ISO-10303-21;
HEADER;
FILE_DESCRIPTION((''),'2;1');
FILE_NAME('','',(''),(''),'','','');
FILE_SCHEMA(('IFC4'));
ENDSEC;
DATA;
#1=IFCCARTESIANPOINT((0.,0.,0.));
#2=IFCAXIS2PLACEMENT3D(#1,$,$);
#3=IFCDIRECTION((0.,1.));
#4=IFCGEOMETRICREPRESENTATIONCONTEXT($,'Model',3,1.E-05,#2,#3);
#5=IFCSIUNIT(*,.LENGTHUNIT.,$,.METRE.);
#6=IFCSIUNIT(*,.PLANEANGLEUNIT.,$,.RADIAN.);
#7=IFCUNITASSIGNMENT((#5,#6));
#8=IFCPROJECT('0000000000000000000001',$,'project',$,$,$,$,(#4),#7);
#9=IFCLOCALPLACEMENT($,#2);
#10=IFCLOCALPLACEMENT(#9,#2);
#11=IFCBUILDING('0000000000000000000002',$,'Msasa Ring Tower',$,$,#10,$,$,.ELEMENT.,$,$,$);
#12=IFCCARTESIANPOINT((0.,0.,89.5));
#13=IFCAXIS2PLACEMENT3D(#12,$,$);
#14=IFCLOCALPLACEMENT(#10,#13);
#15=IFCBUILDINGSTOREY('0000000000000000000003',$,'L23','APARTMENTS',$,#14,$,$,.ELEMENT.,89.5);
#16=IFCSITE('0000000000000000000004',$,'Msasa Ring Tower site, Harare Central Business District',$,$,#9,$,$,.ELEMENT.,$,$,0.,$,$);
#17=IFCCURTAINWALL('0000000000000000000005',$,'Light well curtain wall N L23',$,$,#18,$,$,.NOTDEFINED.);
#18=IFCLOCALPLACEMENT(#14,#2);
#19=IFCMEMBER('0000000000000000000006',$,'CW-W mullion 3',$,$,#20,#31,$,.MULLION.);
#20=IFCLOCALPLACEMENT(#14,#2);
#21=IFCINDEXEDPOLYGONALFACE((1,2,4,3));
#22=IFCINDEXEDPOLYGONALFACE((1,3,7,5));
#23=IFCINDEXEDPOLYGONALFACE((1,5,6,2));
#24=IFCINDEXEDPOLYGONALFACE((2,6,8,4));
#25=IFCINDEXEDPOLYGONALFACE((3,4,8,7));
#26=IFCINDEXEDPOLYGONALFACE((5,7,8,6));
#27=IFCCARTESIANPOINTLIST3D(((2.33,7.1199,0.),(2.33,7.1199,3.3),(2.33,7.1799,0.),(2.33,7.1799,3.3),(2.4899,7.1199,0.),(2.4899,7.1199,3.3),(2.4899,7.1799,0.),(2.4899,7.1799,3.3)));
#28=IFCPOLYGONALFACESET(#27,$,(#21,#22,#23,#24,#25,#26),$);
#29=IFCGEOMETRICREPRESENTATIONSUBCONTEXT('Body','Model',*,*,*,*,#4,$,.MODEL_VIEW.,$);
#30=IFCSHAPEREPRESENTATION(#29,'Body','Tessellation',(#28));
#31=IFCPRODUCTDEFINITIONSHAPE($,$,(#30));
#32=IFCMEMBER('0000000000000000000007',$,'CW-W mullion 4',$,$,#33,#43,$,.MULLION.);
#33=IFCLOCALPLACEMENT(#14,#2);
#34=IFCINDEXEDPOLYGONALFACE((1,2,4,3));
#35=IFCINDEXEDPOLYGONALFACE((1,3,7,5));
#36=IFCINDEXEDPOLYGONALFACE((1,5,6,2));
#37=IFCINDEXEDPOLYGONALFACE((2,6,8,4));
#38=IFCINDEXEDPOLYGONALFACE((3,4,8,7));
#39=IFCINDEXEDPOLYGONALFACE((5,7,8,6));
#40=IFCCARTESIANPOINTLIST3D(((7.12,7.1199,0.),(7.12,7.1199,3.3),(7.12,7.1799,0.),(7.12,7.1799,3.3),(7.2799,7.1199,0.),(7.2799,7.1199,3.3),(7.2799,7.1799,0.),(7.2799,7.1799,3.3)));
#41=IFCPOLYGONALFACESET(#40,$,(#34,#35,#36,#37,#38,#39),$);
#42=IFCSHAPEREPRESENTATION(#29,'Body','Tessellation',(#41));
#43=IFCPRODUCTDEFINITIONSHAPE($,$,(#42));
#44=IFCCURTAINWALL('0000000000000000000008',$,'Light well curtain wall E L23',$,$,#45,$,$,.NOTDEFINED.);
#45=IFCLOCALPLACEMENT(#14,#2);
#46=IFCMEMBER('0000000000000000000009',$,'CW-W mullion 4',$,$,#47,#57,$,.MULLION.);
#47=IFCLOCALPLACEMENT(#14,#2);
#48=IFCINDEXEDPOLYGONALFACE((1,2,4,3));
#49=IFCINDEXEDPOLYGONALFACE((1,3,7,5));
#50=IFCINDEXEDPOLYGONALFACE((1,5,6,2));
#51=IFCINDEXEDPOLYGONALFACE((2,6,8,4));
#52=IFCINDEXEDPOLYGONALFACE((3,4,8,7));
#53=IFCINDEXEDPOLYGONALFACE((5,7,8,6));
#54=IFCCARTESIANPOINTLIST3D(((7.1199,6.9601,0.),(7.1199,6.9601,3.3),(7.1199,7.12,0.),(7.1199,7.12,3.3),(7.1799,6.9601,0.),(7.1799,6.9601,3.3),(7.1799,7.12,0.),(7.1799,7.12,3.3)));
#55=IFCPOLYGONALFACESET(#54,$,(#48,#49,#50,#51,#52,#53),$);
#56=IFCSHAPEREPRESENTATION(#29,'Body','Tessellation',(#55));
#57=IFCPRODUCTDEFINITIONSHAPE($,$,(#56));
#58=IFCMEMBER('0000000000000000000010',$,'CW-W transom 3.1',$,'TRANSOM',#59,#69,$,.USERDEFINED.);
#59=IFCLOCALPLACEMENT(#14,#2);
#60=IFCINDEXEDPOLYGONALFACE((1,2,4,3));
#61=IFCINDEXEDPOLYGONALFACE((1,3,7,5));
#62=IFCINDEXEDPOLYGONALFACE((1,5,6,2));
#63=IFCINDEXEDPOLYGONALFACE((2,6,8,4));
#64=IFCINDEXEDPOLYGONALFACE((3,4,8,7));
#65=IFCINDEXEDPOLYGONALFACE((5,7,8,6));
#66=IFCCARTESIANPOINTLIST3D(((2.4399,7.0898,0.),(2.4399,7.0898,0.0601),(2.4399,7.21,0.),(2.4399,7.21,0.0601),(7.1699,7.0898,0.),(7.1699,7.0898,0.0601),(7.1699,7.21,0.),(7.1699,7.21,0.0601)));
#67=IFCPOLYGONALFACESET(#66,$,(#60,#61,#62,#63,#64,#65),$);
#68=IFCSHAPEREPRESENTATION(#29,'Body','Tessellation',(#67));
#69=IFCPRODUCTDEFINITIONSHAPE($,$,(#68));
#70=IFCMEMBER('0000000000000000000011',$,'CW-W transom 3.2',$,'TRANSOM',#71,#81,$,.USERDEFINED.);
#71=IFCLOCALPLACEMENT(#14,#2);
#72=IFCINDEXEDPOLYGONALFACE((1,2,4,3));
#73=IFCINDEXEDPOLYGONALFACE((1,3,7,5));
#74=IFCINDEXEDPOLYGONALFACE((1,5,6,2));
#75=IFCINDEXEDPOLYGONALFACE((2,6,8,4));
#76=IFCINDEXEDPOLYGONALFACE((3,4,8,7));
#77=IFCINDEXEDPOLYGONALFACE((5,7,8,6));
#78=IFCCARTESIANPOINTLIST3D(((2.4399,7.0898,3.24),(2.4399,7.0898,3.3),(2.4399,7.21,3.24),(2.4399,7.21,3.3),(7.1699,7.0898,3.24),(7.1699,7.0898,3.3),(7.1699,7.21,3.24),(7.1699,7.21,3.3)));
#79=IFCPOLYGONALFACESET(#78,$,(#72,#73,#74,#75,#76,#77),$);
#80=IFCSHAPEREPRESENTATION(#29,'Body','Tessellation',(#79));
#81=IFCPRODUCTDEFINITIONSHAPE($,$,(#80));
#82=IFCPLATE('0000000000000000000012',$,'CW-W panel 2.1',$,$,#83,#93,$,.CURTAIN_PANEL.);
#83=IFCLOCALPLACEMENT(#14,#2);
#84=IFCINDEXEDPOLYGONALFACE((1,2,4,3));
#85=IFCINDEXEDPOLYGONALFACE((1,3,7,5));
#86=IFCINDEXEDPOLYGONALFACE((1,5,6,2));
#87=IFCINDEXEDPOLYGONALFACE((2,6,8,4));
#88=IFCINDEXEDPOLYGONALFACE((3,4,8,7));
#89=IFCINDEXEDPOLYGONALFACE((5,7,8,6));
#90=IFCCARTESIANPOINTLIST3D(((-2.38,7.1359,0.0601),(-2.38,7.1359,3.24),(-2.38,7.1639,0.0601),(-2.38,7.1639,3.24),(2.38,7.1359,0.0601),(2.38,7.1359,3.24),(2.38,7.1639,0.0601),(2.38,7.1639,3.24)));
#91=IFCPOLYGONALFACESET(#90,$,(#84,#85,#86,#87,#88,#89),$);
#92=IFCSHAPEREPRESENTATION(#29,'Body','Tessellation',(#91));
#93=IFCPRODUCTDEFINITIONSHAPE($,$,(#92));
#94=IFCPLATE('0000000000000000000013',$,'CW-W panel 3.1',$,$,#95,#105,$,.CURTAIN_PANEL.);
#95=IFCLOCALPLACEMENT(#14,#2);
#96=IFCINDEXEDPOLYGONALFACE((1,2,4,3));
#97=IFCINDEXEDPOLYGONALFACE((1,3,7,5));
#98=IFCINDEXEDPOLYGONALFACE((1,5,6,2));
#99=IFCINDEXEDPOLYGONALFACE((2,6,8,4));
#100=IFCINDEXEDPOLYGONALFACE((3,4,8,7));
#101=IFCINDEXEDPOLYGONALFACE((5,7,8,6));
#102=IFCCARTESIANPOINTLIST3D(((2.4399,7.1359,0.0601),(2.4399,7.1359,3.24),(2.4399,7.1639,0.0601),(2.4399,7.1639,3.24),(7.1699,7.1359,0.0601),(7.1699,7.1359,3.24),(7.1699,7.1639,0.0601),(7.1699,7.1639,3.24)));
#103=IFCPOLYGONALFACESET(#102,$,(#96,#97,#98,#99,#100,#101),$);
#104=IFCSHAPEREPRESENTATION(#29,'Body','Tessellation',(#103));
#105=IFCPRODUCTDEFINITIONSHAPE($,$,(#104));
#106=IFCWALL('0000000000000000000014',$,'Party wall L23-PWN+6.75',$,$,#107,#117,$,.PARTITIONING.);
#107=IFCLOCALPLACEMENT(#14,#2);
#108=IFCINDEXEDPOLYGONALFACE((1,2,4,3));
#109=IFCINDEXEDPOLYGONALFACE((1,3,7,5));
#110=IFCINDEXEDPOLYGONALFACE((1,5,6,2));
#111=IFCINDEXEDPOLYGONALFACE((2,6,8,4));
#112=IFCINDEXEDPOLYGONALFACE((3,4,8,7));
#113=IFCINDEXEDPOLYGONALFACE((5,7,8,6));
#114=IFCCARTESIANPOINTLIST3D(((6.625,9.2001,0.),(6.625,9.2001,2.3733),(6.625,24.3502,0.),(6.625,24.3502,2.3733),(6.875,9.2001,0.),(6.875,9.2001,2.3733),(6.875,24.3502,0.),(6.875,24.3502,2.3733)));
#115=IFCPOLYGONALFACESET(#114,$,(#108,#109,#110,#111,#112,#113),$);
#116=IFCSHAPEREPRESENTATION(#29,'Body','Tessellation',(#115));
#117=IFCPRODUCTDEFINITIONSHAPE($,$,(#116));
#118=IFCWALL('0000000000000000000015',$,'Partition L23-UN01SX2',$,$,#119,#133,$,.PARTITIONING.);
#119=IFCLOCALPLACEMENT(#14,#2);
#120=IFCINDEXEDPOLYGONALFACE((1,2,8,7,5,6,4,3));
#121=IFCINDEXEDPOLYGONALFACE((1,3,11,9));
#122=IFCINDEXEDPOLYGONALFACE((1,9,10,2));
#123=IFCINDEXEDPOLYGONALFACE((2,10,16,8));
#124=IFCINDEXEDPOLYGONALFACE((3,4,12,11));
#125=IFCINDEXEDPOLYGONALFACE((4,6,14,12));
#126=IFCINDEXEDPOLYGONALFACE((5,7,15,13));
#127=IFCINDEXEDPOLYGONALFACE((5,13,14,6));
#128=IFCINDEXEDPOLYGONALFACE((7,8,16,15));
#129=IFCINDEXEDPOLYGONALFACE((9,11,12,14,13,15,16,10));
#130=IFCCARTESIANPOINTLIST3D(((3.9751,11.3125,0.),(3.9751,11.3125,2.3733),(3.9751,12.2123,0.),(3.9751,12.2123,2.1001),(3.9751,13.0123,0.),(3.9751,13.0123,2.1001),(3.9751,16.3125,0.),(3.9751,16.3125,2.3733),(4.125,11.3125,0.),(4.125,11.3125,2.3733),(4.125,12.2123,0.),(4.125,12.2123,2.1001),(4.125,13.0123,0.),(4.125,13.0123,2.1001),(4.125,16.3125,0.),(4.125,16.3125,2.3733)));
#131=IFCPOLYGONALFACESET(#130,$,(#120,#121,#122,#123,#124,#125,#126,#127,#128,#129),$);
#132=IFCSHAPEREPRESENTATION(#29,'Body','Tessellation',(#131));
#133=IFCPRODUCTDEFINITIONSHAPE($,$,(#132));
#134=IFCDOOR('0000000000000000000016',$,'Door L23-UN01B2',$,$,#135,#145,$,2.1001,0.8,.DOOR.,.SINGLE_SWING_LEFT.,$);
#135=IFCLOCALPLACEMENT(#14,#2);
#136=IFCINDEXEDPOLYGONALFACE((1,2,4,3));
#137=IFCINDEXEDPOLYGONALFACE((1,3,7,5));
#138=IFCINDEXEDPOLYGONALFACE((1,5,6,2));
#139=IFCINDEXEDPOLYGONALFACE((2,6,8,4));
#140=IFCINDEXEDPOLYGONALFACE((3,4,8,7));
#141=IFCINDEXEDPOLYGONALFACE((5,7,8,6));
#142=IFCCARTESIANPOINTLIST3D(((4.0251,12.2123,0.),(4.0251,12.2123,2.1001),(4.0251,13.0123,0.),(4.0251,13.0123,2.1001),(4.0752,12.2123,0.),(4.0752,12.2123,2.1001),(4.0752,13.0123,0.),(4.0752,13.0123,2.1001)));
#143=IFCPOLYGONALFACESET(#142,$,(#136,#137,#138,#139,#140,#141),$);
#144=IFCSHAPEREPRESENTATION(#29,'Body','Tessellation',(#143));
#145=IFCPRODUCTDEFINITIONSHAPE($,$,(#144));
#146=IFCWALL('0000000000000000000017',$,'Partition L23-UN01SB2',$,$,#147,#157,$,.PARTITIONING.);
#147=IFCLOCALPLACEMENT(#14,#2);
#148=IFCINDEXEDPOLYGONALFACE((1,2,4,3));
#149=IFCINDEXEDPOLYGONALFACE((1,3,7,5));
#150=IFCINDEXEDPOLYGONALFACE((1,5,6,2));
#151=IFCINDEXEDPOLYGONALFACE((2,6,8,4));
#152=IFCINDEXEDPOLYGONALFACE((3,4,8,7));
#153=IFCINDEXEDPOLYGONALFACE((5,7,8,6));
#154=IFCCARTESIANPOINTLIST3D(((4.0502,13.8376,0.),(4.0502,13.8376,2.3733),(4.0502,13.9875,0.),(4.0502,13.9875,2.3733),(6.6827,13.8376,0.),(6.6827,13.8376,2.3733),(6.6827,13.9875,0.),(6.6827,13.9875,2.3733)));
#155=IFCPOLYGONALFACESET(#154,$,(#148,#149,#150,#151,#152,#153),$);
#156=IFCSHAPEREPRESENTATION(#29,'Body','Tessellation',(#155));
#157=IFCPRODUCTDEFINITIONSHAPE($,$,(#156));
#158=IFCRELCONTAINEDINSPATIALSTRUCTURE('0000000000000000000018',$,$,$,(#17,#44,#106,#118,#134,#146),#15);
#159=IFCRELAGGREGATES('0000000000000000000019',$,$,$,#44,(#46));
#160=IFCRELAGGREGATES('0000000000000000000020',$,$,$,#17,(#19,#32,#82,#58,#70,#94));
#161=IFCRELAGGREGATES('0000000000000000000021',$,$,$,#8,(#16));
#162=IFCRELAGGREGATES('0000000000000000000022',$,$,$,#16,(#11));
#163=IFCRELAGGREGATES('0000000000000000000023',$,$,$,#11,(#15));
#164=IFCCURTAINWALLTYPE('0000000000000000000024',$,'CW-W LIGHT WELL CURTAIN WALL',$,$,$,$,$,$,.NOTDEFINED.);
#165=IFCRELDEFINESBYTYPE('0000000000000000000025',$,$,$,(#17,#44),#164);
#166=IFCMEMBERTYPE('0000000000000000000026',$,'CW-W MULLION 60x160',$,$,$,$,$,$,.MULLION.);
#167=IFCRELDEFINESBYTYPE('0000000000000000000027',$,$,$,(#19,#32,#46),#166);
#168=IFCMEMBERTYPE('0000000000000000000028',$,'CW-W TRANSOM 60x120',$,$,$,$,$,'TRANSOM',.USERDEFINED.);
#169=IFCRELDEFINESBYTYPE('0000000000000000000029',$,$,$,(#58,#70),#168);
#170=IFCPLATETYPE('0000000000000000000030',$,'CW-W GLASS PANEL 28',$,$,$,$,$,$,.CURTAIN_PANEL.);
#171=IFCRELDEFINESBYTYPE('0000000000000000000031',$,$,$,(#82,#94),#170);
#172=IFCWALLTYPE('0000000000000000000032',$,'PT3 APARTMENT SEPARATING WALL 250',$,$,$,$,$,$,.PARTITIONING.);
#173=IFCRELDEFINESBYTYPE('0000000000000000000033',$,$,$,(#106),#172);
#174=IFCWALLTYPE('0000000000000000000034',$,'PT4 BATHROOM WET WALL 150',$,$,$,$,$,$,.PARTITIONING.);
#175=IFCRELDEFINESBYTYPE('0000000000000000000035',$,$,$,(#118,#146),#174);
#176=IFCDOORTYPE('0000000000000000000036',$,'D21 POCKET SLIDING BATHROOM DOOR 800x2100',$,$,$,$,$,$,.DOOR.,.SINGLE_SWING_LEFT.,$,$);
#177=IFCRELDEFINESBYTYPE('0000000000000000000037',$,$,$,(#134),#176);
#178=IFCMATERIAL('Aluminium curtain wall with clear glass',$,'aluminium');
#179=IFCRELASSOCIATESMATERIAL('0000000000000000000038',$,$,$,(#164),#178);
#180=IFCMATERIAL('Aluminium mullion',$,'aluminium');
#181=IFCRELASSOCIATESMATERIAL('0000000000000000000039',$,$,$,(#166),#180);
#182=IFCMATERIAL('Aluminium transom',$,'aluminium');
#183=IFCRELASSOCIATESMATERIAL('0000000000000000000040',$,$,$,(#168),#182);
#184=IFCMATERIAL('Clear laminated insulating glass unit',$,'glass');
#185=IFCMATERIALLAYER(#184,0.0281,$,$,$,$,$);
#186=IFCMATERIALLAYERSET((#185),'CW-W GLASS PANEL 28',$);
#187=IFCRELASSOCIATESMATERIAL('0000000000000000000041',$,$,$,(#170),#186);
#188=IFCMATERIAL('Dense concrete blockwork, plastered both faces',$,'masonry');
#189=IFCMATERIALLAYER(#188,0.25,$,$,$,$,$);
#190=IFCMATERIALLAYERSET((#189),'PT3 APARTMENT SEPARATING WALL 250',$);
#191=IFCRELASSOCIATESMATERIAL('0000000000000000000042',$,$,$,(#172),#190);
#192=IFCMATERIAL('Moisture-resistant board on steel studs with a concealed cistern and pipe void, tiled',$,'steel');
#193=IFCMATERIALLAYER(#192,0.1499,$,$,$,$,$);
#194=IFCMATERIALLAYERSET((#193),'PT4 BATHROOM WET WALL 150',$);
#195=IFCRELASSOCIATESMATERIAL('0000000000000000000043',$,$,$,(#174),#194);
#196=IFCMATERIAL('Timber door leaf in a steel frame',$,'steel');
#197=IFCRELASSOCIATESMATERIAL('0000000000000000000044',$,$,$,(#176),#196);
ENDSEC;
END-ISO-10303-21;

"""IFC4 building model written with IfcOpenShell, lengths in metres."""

from ifc_helpers import new_model, si_unit, direction, frame, frame_2d, origin, origin_2d, place, context, subcontext, project, spatial, rectangle, extrude, material, layer, layer_set, material_profile, profile_set, type_object, element, fill, aggregate, save


model = new_model("IFC4")

# Units and contexts
model_context = context("Model", 3, precision=1e-05, world=origin(), true_north=direction((0.0, 1.0)))
body_context = subcontext(model_context, "Body", "Model", "MODEL_VIEW")
ifc_project = project(units=[si_unit("LENGTHUNIT", "METRE"), si_unit("PLANEANGLEUNIT", "RADIAN")], contexts=[model_context])

# Site, building, storey
site_placement = place(None, origin())
site = spatial("IfcSite", under=ifc_project, at=site_placement, Name="Msasa Ring Tower site, Harare Central Business District", CompositionType="ELEMENT", RefElevation=0.0)
building_placement = place(site_placement, origin())
building = spatial("IfcBuilding", under=site, at=building_placement, Name="Msasa Ring Tower", CompositionType="ELEMENT")
storey_placement = place(building_placement, frame((0.0, 0.0, 89.5)))
storey = spatial("IfcBuildingStorey", under=building, at=storey_placement, Name="L23", Description="APARTMENTS", CompositionType="ELEMENT", Elevation=89.5)

# Curtain wall, members
ifc_material_1 = material(Name="Aluminium curtain wall with clear glass", Category="aluminium")
curtain_wall_type = type_object("IfcCurtainWallType", Name="CW-W LIGHT WELL CURTAIN WALL", PredefinedType="NOTDEFINED", material=ifc_material_1)
curtain_wall_1_placement = place(storey_placement, origin())
curtain_wall_1 = element("IfcCurtainWall", 1, at=curtain_wall_1_placement, inside=storey, type_object=curtain_wall_type, Name="Light well curtain wall N L23", PredefinedType="NOTDEFINED")
ifc_material_2 = material(Name="Aluminium mullion", Category="aluminium")
ifc_material_profile_1 = material_profile(ifc_material_2, rectangle(XDim=0.0601, YDim=0.1599, at=origin_2d()), Name="AL 60x160")
ifc_profile_set_1 = profile_set([ifc_material_profile_1], Name="Aluminium mullion")
member_type_1 = type_object("IfcMemberType", Name="CW-W MULLION 60x160", PredefinedType="MULLION", material=ifc_profile_set_1)
member_1_placement = place(storey_placement, frame((2.4099, 7.1499, 0.0), z_axis=(0.0, 0.0, 1.0), x_axis=(0.0, 1.0, 0.0)))
member_1 = element("IfcMember", 2, at=member_1_placement, type_object=member_type_1, Name="CW-W mullion 3", PredefinedType="MULLION", context=body_context, shape_type="SweptSolid", body=[
    extrude(rectangle(XDim=0.0601, YDim=0.1599, at=origin_2d()), origin(), (0.0, 0.0, 1.0), 3.3),
])
member_2_placement = place(storey_placement, frame((7.2, 7.1499, 0.0), z_axis=(0.0, 0.0, 1.0), x_axis=(0.0, 1.0, 0.0)))
member_2 = element("IfcMember", 3, at=member_2_placement, type_object=member_type_1, Name="CW-W mullion 4", PredefinedType="MULLION", context=body_context, shape_type="SweptSolid", body=[
    extrude(rectangle(XDim=0.0601, YDim=0.1599, at=origin_2d()), origin(), (0.0, 0.0, 1.0), 3.3),
])

# Curtain wall, member
curtain_wall_2_placement = place(storey_placement, origin())
curtain_wall_2 = element("IfcCurtainWall", 4, at=curtain_wall_2_placement, inside=storey, type_object=curtain_wall_type, Name="Light well curtain wall E L23", PredefinedType="NOTDEFINED")
member_3_placement = place(storey_placement, frame((7.1499, 7.04, 0.0), z_axis=(0.0, 0.0, 1.0), x_axis=(-1.0, 0.0, 0.0)))
member_3 = element("IfcMember", 5, at=member_3_placement, type_object=member_type_1, Name="CW-W mullion 4", PredefinedType="MULLION", context=body_context, shape_type="SweptSolid", body=[
    extrude(rectangle(XDim=0.0601, YDim=0.1599, at=origin_2d()), origin(), (0.0, 0.0, 1.0), 3.3),
])
aggregate(curtain_wall_2, [member_3])

# Members
ifc_material_3 = material(Name="Aluminium transom", Category="aluminium")
ifc_material_profile_2 = material_profile(ifc_material_3, rectangle(XDim=0.1201, YDim=0.0601, at=origin_2d()), Name="AL 60x120")
ifc_profile_set_2 = profile_set([ifc_material_profile_2], Name="Aluminium transom")
member_type_2 = type_object("IfcMemberType", Name="CW-W TRANSOM 60x120", ElementType="TRANSOM", PredefinedType="USERDEFINED", material=ifc_profile_set_2)
member_4_placement = place(storey_placement, frame((2.4399, 7.1499, 0.03), z_axis=(1.0, 0.0, 0.0), x_axis=(0.0, 1.0, 0.0)))
member_4 = element("IfcMember", 6, at=member_4_placement, type_object=member_type_2, Name="CW-W transom 3.1", ObjectType="TRANSOM", PredefinedType="USERDEFINED", context=body_context, shape_type="SweptSolid", body=[
    extrude(rectangle(XDim=0.1201, YDim=0.0601, at=origin_2d()), origin(), (0.0, 0.0, 1.0), 4.73),
])
member_5_placement = place(storey_placement, frame((2.4399, 7.1499, 3.27), z_axis=(1.0, 0.0, 0.0), x_axis=(0.0, 1.0, 0.0)))
member_5 = element("IfcMember", 7, at=member_5_placement, type_object=member_type_2, Name="CW-W transom 3.2", ObjectType="TRANSOM", PredefinedType="USERDEFINED", context=body_context, shape_type="SweptSolid", body=[
    extrude(rectangle(XDim=0.1201, YDim=0.0601, at=origin_2d()), origin(), (0.0, 0.0, 1.0), 4.73),
])

# Plates
ifc_material_4 = material(Name="Clear laminated insulating glass unit", Category="glass")
ifc_layer_1 = layer(ifc_material_4, 0.0281)
ifc_layer_set_1 = layer_set([ifc_layer_1], Name="CW-W GLASS PANEL 28")
plate_type = type_object("IfcPlateType", Name="CW-W GLASS PANEL 28", PredefinedType="CURTAIN_PANEL", material=ifc_layer_set_1)
plate_1_placement = place(storey_placement, frame((0.0, 7.1499, 0.0601), z_axis=(0.0, 0.0, 1.0), x_axis=(1.0, 0.0, 0.0)))
plate_1 = element("IfcPlate", 8, at=plate_1_placement, type_object=plate_type, Name="CW-W panel 2.1", PredefinedType="CURTAIN_PANEL", context=body_context, shape_type="SweptSolid", body=[
    extrude(rectangle(XDim=4.76, YDim=0.0281, at=origin_2d()), origin(), (0.0, 0.0, 1.0), 3.1799),
])
plate_2_placement = place(storey_placement, frame((4.8049, 7.1499, 0.0601), z_axis=(0.0, 0.0, 1.0), x_axis=(1.0, 0.0, 0.0)))
plate_2 = element("IfcPlate", 9, at=plate_2_placement, type_object=plate_type, Name="CW-W panel 3.1", PredefinedType="CURTAIN_PANEL", context=body_context, shape_type="SweptSolid", body=[
    extrude(rectangle(XDim=4.73, YDim=0.0281, at=origin_2d()), origin(), (0.0, 0.0, 1.0), 3.1799),
])
aggregate(curtain_wall_1, [member_1, member_2, plate_1, member_4, member_5, plate_2])

# Wall
ifc_material_5 = material(Name="Dense concrete blockwork, plastered both faces", Category="masonry")
ifc_layer_2 = layer(ifc_material_5, 0.25)
ifc_layer_set_2 = layer_set([ifc_layer_2], Name="PT3 APARTMENT SEPARATING WALL 250")
wall_type_1 = type_object("IfcWallType", Name="PT3 APARTMENT SEPARATING WALL 250", PredefinedType="PARTITIONING", material=ifc_layer_set_2)
wall_1_placement = place(storey_placement, frame((6.75, 9.2, 0.0), z_axis=(0.0, 0.0, 1.0), x_axis=(0.0, 1.0, 0.0)))
element("IfcWall", 10, at=wall_1_placement, inside=storey, type_object=wall_type_1, Name="Party wall L23-PWN+6.75", PredefinedType="PARTITIONING", context=body_context, shape_type="SweptSolid", body=[
    extrude(rectangle(XDim=15.1501, YDim=0.25, at=frame_2d((7.5752, 0.0))), origin(), (0.0, 0.0, 1.0), 2.3733),
])

# Wall, opening, door
ifc_material_6 = material(Name="Moisture-resistant board on steel studs with a concealed cistern and pipe void, tiled", Category="steel")
ifc_layer_3 = layer(ifc_material_6, 0.1499)
ifc_layer_set_3 = layer_set([ifc_layer_3], Name="PT4 BATHROOM WET WALL 150")
wall_type_2 = type_object("IfcWallType", Name="PT4 BATHROOM WET WALL 150", PredefinedType="PARTITIONING", material=ifc_layer_set_3)
wall_2_placement = place(storey_placement, frame((4.05, 11.3125, 0.0), z_axis=(0.0, 0.0, 1.0), x_axis=(0.0, 1.0, 0.0)))
wall_2 = element("IfcWall", 11, at=wall_2_placement, inside=storey, type_object=wall_type_2, Name="Partition L23-UN01SX2", PredefinedType="PARTITIONING", context=body_context, shape_type="SweptSolid", body=[
    extrude(rectangle(XDim=5.0, YDim=0.1499, at=frame_2d((2.5, 0.0))), origin(), (0.0, 0.0, 1.0), 2.3733),
])
opening_1_placement = place(wall_2_placement, frame((0.8999, 0.0, 0.0)))
opening_1 = element("IfcOpeningElement", 12, at=opening_1_placement, cuts=wall_2, PredefinedType="OPENING", context=body_context, shape_type="SweptSolid", body=[
    extrude(rectangle(XDim=0.8, YDim=2.1001, at=frame_2d((0.3999, 1.05))), frame((0.0, 0.085, 0.0), z_axis=(0.0, -1.0, 0.0), x_axis=(1.0, 0.0, 0.0)), (0.0, 0.0, 1.0), 0.1699),
])
ifc_material_7 = material(Name="Timber door leaf in a steel frame", Category="steel")
door_type = type_object("IfcDoorType", Name="D21 POCKET SLIDING BATHROOM DOOR 800x2100", OperationType="SINGLE_SWING_LEFT", PredefinedType="DOOR", material=ifc_material_7)
door_1_placement = place(opening_1_placement, origin())
door_1 = element("IfcDoor", 13, at=door_1_placement, inside=storey, type_object=door_type, Name="Door L23-UN01B2", OperationType="SINGLE_SWING_LEFT", OverallHeight=2.1001, OverallWidth=0.8, PredefinedType="DOOR", context=body_context, shape_type="SweptSolid", body=[
    extrude(rectangle(XDim=0.8, YDim=2.1001, at=frame_2d((0.3999, 1.05))), frame((0.0, 0.0249, 0.0), z_axis=(0.0, -1.0, 0.0), x_axis=(1.0, 0.0, 0.0)), (0.0, 0.0, 1.0), 0.05),
])
fill(opening_1, door_1)

# Wall
wall_3_placement = place(storey_placement, frame((4.05, 13.9126, 0.0), z_axis=(0.0, 0.0, 1.0), x_axis=(1.0, 0.0, 0.0)))
element("IfcWall", 14, at=wall_3_placement, inside=storey, type_object=wall_type_2, Name="Partition L23-UN01SB2", PredefinedType="PARTITIONING", context=body_context, shape_type="SweptSolid", body=[
    extrude(rectangle(XDim=2.6326, YDim=0.1499, at=frame_2d((1.3164, 0.0))), origin(), (0.0, 0.0, 1.0), 2.3733),
])

save(model, "model.ifc")
